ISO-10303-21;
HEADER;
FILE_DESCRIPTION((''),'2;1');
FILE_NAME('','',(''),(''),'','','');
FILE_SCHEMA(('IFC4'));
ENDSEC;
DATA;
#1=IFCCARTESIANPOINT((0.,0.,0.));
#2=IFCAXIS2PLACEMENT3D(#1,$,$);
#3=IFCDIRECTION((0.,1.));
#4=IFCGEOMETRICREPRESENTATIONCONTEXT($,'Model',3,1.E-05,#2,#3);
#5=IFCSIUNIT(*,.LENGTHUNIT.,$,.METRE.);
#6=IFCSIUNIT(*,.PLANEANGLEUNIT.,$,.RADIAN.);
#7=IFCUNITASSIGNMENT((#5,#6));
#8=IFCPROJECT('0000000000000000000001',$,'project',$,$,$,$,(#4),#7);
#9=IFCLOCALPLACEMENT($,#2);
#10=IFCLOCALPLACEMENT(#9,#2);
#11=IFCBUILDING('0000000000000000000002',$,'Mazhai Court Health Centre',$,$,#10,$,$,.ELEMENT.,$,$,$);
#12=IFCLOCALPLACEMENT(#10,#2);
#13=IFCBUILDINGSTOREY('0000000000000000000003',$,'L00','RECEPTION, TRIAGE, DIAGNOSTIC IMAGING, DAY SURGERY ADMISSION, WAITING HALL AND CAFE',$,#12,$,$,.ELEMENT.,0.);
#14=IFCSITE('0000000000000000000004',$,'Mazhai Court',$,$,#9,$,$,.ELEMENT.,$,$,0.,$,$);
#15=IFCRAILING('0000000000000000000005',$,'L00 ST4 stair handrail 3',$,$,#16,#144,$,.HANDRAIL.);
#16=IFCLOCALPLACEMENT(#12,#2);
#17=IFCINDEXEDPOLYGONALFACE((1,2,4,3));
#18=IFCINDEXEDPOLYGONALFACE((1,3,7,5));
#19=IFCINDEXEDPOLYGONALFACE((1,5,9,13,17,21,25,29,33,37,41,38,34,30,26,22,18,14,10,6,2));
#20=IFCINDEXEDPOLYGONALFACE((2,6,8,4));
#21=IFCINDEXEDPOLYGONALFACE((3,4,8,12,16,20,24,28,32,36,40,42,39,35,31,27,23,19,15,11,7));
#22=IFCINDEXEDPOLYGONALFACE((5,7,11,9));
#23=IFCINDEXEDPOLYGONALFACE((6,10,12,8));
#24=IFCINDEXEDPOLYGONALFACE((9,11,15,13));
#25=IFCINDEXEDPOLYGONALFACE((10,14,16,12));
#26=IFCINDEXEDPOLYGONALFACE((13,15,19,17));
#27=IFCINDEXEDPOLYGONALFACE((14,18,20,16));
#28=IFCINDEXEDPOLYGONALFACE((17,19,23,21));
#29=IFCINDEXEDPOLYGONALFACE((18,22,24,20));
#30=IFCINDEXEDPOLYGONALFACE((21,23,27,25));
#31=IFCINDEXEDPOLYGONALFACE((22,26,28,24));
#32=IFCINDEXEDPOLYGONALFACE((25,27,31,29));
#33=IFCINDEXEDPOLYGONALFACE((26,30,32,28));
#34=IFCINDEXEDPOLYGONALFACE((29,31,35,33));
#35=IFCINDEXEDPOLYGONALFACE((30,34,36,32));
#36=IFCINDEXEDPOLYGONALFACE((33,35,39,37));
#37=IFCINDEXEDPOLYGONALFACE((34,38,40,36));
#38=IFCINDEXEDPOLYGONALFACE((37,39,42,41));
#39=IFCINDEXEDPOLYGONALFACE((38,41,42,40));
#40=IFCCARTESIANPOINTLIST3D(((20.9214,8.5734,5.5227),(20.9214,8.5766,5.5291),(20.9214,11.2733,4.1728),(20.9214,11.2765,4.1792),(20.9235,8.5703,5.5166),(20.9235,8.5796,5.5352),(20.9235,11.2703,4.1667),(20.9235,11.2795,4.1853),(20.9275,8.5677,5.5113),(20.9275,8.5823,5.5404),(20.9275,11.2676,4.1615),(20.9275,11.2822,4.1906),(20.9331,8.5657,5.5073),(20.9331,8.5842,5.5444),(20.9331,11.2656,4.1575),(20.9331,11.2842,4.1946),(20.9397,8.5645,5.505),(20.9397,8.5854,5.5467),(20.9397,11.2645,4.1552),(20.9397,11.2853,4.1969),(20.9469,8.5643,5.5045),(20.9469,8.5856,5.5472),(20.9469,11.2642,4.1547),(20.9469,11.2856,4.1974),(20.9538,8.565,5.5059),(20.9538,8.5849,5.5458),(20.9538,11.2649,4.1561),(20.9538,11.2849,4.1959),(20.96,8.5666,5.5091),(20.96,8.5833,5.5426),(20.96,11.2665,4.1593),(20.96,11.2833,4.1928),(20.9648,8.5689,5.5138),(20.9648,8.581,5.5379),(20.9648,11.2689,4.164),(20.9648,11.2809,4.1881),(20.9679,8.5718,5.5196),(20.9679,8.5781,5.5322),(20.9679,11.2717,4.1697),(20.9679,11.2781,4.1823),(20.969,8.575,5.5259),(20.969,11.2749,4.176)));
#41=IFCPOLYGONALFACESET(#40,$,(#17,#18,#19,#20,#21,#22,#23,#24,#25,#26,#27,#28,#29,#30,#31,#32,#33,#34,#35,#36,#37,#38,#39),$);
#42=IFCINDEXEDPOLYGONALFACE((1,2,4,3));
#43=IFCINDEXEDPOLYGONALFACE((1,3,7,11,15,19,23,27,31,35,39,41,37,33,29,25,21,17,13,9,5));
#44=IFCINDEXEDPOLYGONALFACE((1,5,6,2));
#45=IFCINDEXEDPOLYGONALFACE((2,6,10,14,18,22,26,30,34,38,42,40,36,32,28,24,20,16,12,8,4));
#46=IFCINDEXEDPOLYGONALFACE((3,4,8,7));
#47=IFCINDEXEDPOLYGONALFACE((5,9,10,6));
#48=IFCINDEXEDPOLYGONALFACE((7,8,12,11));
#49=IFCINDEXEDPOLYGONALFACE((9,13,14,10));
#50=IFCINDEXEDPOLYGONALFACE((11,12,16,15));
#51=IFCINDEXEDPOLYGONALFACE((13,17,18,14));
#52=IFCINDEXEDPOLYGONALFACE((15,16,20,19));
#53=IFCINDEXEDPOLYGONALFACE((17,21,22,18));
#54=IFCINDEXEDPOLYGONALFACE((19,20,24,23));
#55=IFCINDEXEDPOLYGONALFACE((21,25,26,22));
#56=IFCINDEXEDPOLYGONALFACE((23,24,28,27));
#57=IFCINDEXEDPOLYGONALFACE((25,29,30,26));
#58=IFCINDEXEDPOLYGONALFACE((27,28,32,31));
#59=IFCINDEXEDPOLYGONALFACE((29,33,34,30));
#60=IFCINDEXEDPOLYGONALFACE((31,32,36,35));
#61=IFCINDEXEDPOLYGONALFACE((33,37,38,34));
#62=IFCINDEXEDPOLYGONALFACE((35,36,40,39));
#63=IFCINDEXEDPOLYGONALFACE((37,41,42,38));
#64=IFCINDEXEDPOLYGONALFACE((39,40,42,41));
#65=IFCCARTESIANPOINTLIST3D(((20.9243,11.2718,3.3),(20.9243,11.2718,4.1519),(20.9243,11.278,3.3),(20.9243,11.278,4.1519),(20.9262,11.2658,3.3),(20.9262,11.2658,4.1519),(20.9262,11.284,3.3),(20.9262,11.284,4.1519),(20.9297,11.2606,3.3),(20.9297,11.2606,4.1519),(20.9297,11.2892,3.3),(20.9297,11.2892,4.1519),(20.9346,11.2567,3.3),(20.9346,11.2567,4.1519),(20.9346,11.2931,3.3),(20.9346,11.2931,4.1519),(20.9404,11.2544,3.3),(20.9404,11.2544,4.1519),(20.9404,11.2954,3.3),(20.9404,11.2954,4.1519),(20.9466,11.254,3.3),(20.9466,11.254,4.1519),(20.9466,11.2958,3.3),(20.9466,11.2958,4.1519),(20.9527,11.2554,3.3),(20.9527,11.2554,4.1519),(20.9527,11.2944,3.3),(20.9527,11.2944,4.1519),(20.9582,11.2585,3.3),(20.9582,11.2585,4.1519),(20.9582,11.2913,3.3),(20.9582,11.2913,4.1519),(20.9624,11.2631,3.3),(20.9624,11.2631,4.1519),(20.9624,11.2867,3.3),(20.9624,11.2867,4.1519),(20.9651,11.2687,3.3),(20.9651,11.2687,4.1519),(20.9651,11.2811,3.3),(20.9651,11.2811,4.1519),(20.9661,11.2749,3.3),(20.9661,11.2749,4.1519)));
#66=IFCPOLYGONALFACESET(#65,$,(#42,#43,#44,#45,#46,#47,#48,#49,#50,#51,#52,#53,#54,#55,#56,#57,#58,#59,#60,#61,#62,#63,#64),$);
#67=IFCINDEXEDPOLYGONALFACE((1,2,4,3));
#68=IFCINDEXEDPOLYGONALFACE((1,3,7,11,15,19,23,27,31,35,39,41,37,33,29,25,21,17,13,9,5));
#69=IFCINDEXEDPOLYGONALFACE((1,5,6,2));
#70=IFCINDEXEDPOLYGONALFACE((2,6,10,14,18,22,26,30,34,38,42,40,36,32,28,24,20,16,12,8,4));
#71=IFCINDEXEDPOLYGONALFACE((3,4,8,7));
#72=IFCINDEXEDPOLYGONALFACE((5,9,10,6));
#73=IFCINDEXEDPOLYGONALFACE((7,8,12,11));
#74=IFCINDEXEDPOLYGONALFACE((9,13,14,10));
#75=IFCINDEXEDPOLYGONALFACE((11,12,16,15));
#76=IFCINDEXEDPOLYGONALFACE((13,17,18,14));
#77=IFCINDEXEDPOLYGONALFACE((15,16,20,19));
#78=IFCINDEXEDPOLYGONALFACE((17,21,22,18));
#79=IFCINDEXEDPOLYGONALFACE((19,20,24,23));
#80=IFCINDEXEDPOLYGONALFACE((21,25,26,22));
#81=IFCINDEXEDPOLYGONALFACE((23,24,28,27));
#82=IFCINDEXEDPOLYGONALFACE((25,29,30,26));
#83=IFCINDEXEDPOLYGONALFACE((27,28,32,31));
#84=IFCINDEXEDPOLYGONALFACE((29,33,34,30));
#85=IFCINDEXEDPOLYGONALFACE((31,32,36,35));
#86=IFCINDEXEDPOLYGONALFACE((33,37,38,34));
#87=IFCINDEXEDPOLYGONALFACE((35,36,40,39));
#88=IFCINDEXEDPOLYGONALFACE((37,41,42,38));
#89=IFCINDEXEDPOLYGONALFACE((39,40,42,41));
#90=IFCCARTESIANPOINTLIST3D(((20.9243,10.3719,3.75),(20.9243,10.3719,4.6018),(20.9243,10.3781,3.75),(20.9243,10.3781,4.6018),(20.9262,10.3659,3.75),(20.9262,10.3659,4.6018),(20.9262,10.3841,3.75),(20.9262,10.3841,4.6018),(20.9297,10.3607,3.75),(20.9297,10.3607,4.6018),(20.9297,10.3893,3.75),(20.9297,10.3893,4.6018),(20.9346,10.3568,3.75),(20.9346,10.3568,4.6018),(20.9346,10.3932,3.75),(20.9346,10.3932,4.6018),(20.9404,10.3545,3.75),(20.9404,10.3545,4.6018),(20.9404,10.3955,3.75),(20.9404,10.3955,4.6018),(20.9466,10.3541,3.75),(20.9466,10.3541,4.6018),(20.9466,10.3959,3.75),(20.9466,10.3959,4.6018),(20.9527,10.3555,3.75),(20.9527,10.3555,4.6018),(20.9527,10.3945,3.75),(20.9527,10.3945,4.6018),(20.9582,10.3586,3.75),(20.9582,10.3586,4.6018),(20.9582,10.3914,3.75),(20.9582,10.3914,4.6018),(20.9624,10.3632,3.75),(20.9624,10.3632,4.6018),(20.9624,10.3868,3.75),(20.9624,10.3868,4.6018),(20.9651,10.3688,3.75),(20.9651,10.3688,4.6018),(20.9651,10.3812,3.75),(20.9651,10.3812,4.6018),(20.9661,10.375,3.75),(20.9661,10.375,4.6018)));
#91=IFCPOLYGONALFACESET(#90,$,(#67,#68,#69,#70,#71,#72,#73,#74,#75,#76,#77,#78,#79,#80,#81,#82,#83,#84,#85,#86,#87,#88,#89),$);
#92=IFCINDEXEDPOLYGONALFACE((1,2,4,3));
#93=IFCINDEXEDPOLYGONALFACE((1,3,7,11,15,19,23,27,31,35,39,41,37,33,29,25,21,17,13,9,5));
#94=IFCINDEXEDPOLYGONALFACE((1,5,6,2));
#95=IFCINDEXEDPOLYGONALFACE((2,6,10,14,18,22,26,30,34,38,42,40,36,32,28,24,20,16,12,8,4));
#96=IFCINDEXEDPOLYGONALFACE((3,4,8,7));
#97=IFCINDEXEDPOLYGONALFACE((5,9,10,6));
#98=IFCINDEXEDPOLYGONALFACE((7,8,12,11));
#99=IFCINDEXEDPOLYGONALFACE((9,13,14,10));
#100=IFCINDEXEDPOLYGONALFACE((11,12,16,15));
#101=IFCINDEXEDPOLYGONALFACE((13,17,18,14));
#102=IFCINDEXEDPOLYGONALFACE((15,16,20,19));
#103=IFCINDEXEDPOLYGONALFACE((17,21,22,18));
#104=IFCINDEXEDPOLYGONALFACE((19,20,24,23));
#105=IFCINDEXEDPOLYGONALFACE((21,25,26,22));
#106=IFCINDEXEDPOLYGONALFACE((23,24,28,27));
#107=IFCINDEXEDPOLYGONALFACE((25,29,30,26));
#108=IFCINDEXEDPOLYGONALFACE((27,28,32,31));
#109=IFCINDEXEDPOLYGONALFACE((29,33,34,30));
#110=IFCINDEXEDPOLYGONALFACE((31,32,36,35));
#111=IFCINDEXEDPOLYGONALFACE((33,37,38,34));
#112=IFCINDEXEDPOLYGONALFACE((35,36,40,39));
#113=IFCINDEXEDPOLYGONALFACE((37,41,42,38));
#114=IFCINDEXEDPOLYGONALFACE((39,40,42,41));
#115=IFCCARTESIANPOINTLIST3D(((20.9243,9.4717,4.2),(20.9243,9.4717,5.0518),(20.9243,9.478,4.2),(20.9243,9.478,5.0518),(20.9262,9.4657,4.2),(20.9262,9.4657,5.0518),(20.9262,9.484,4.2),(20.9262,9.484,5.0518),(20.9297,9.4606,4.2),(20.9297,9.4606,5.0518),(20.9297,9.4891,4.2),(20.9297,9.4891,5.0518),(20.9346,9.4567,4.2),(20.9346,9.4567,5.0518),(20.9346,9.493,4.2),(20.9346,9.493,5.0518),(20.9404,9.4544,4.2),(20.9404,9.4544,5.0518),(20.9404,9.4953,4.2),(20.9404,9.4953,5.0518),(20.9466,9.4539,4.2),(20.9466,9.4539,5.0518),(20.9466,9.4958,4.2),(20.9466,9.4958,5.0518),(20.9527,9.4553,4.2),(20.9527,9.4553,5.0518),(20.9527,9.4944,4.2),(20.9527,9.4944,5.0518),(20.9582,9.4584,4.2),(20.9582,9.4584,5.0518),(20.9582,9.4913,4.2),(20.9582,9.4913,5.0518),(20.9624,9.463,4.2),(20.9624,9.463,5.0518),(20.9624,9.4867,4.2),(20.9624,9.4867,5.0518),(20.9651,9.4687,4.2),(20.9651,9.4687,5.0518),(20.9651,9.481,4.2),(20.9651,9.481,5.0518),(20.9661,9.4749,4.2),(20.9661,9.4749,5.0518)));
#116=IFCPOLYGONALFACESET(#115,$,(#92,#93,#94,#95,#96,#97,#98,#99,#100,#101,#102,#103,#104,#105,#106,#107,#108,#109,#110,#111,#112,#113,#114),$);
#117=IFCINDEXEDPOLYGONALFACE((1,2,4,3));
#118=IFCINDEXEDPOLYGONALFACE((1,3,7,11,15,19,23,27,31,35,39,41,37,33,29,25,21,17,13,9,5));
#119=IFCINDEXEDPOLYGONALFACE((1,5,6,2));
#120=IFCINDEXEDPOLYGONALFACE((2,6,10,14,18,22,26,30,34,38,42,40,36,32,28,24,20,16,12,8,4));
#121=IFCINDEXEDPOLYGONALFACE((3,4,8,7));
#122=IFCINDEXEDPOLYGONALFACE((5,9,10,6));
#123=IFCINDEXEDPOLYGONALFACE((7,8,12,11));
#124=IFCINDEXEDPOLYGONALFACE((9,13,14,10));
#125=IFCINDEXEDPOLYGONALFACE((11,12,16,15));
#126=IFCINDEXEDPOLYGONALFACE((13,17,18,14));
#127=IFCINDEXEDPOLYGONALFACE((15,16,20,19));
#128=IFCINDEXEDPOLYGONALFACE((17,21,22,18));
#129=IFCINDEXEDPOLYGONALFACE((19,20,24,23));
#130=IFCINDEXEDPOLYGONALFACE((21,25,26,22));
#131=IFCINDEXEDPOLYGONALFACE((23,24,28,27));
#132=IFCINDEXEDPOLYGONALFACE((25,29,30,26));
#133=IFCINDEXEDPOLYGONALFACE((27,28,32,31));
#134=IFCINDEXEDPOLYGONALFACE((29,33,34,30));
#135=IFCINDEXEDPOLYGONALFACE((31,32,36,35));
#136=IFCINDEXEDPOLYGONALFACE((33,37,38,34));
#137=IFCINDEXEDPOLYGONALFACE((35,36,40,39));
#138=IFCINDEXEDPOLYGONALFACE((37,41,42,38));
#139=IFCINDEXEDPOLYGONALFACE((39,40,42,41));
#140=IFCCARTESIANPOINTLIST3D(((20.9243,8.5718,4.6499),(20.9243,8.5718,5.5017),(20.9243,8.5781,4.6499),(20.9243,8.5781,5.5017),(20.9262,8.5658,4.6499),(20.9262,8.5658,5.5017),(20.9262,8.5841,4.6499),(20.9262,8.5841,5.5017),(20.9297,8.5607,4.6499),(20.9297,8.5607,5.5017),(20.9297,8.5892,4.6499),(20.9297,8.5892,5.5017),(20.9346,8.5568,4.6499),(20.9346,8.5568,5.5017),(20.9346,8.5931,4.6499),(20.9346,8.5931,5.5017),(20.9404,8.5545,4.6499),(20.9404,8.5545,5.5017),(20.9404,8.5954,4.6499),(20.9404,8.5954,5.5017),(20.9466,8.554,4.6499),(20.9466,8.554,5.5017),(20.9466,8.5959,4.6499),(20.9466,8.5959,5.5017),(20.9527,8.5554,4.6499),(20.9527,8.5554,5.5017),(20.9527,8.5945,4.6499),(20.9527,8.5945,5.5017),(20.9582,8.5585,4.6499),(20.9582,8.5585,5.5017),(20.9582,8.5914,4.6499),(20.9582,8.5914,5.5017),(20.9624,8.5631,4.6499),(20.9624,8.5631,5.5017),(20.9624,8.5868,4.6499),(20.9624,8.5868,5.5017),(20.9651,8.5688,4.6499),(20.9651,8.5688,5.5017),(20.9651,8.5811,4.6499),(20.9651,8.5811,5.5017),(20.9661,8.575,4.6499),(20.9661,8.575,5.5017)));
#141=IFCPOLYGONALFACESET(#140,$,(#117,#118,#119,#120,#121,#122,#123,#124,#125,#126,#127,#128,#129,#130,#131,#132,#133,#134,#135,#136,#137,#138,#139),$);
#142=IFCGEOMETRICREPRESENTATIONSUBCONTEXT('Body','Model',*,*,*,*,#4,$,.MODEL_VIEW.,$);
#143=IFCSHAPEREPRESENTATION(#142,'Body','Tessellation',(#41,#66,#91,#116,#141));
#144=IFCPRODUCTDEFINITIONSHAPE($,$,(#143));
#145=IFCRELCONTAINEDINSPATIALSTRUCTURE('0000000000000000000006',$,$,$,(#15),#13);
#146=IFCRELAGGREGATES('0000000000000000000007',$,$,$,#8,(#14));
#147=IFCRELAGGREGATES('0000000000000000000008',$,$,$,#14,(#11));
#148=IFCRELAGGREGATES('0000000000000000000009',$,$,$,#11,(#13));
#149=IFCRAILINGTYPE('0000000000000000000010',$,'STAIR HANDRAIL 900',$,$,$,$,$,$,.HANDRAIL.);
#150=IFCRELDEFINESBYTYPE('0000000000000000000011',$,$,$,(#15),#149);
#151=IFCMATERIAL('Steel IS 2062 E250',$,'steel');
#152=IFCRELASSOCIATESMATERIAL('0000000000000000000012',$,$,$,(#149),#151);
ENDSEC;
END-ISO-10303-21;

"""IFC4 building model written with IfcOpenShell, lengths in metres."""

from ifc_helpers import new_model, si_unit, direction, frame, origin, origin_2d, place, context, subcontext, project, spatial, circle, extrude, material, type_object, element, save


model = new_model("IFC4")

# Units and contexts
model_context = context("Model", 3, precision=1e-05, world=origin(), true_north=direction((0.0, 1.0)))
body_context = subcontext(model_context, "Body", "Model", "MODEL_VIEW")
ifc_project = project(units=[si_unit("LENGTHUNIT", "METRE"), si_unit("PLANEANGLEUNIT", "RADIAN")], contexts=[model_context])

# Site, building, storey
site_placement = place(None, origin())
site = spatial("IfcSite", under=ifc_project, at=site_placement, Name="Mazhai Court", CompositionType="ELEMENT", RefElevation=0.0)
building_placement = place(site_placement, origin())
building = spatial("IfcBuilding", under=site, at=building_placement, Name="Mazhai Court Health Centre", CompositionType="ELEMENT")
storey_placement = place(building_placement, origin())
storey = spatial("IfcBuildingStorey", under=building, at=storey_placement, Name="L00", Description="RECEPTION, TRIAGE, DIAGNOSTIC IMAGING, DAY SURGERY ADMISSION, WAITING HALL AND CAFE", CompositionType="ELEMENT", Elevation=0.0)

# Railing
ifc_material_1 = material(Name="Steel IS 2062 E250", Category="steel")
railing_type_1 = type_object("IfcRailingType", Name="STAIR HANDRAIL 900", PredefinedType="HANDRAIL", material=ifc_material_1)
railing_1_placement = place(storey_placement, frame((20.9451, 11.2749, 3.3)))
element("IfcRailing", 1, at=railing_1_placement, inside=storey, type_object=railing_type_1, Name="L00 ST4 stair handrail 3", PredefinedType="HANDRAIL", context=body_context, shape_type="SweptSolid", body=[
    extrude(circle(Radius=0.0239, at=origin_2d()), frame((0.0, 0.0, 0.876), z_axis=(0.0, -0.894443, 0.447181), x_axis=(1.0, 0.0, 0.0)), (0.0, 0.0, 1.0), 3.0186),
    extrude(circle(Radius=0.021, at=origin_2d()), origin(), (0.0, 0.0, 1.0), 0.8518),
    extrude(circle(Radius=0.021, at=origin_2d()), frame((0.0, -0.8999, 0.45)), (0.0, 0.0, 1.0), 0.8518),
    extrude(circle(Radius=0.021, at=origin_2d()), frame((0.0, -1.8, 0.8999)), (0.0, 0.0, 1.0), 0.8518),
    extrude(circle(Radius=0.021, at=origin_2d()), frame((0.0, -2.7, 1.3499)), (0.0, 0.0, 1.0), 0.8518),
])

save(model, "model.ifc")
